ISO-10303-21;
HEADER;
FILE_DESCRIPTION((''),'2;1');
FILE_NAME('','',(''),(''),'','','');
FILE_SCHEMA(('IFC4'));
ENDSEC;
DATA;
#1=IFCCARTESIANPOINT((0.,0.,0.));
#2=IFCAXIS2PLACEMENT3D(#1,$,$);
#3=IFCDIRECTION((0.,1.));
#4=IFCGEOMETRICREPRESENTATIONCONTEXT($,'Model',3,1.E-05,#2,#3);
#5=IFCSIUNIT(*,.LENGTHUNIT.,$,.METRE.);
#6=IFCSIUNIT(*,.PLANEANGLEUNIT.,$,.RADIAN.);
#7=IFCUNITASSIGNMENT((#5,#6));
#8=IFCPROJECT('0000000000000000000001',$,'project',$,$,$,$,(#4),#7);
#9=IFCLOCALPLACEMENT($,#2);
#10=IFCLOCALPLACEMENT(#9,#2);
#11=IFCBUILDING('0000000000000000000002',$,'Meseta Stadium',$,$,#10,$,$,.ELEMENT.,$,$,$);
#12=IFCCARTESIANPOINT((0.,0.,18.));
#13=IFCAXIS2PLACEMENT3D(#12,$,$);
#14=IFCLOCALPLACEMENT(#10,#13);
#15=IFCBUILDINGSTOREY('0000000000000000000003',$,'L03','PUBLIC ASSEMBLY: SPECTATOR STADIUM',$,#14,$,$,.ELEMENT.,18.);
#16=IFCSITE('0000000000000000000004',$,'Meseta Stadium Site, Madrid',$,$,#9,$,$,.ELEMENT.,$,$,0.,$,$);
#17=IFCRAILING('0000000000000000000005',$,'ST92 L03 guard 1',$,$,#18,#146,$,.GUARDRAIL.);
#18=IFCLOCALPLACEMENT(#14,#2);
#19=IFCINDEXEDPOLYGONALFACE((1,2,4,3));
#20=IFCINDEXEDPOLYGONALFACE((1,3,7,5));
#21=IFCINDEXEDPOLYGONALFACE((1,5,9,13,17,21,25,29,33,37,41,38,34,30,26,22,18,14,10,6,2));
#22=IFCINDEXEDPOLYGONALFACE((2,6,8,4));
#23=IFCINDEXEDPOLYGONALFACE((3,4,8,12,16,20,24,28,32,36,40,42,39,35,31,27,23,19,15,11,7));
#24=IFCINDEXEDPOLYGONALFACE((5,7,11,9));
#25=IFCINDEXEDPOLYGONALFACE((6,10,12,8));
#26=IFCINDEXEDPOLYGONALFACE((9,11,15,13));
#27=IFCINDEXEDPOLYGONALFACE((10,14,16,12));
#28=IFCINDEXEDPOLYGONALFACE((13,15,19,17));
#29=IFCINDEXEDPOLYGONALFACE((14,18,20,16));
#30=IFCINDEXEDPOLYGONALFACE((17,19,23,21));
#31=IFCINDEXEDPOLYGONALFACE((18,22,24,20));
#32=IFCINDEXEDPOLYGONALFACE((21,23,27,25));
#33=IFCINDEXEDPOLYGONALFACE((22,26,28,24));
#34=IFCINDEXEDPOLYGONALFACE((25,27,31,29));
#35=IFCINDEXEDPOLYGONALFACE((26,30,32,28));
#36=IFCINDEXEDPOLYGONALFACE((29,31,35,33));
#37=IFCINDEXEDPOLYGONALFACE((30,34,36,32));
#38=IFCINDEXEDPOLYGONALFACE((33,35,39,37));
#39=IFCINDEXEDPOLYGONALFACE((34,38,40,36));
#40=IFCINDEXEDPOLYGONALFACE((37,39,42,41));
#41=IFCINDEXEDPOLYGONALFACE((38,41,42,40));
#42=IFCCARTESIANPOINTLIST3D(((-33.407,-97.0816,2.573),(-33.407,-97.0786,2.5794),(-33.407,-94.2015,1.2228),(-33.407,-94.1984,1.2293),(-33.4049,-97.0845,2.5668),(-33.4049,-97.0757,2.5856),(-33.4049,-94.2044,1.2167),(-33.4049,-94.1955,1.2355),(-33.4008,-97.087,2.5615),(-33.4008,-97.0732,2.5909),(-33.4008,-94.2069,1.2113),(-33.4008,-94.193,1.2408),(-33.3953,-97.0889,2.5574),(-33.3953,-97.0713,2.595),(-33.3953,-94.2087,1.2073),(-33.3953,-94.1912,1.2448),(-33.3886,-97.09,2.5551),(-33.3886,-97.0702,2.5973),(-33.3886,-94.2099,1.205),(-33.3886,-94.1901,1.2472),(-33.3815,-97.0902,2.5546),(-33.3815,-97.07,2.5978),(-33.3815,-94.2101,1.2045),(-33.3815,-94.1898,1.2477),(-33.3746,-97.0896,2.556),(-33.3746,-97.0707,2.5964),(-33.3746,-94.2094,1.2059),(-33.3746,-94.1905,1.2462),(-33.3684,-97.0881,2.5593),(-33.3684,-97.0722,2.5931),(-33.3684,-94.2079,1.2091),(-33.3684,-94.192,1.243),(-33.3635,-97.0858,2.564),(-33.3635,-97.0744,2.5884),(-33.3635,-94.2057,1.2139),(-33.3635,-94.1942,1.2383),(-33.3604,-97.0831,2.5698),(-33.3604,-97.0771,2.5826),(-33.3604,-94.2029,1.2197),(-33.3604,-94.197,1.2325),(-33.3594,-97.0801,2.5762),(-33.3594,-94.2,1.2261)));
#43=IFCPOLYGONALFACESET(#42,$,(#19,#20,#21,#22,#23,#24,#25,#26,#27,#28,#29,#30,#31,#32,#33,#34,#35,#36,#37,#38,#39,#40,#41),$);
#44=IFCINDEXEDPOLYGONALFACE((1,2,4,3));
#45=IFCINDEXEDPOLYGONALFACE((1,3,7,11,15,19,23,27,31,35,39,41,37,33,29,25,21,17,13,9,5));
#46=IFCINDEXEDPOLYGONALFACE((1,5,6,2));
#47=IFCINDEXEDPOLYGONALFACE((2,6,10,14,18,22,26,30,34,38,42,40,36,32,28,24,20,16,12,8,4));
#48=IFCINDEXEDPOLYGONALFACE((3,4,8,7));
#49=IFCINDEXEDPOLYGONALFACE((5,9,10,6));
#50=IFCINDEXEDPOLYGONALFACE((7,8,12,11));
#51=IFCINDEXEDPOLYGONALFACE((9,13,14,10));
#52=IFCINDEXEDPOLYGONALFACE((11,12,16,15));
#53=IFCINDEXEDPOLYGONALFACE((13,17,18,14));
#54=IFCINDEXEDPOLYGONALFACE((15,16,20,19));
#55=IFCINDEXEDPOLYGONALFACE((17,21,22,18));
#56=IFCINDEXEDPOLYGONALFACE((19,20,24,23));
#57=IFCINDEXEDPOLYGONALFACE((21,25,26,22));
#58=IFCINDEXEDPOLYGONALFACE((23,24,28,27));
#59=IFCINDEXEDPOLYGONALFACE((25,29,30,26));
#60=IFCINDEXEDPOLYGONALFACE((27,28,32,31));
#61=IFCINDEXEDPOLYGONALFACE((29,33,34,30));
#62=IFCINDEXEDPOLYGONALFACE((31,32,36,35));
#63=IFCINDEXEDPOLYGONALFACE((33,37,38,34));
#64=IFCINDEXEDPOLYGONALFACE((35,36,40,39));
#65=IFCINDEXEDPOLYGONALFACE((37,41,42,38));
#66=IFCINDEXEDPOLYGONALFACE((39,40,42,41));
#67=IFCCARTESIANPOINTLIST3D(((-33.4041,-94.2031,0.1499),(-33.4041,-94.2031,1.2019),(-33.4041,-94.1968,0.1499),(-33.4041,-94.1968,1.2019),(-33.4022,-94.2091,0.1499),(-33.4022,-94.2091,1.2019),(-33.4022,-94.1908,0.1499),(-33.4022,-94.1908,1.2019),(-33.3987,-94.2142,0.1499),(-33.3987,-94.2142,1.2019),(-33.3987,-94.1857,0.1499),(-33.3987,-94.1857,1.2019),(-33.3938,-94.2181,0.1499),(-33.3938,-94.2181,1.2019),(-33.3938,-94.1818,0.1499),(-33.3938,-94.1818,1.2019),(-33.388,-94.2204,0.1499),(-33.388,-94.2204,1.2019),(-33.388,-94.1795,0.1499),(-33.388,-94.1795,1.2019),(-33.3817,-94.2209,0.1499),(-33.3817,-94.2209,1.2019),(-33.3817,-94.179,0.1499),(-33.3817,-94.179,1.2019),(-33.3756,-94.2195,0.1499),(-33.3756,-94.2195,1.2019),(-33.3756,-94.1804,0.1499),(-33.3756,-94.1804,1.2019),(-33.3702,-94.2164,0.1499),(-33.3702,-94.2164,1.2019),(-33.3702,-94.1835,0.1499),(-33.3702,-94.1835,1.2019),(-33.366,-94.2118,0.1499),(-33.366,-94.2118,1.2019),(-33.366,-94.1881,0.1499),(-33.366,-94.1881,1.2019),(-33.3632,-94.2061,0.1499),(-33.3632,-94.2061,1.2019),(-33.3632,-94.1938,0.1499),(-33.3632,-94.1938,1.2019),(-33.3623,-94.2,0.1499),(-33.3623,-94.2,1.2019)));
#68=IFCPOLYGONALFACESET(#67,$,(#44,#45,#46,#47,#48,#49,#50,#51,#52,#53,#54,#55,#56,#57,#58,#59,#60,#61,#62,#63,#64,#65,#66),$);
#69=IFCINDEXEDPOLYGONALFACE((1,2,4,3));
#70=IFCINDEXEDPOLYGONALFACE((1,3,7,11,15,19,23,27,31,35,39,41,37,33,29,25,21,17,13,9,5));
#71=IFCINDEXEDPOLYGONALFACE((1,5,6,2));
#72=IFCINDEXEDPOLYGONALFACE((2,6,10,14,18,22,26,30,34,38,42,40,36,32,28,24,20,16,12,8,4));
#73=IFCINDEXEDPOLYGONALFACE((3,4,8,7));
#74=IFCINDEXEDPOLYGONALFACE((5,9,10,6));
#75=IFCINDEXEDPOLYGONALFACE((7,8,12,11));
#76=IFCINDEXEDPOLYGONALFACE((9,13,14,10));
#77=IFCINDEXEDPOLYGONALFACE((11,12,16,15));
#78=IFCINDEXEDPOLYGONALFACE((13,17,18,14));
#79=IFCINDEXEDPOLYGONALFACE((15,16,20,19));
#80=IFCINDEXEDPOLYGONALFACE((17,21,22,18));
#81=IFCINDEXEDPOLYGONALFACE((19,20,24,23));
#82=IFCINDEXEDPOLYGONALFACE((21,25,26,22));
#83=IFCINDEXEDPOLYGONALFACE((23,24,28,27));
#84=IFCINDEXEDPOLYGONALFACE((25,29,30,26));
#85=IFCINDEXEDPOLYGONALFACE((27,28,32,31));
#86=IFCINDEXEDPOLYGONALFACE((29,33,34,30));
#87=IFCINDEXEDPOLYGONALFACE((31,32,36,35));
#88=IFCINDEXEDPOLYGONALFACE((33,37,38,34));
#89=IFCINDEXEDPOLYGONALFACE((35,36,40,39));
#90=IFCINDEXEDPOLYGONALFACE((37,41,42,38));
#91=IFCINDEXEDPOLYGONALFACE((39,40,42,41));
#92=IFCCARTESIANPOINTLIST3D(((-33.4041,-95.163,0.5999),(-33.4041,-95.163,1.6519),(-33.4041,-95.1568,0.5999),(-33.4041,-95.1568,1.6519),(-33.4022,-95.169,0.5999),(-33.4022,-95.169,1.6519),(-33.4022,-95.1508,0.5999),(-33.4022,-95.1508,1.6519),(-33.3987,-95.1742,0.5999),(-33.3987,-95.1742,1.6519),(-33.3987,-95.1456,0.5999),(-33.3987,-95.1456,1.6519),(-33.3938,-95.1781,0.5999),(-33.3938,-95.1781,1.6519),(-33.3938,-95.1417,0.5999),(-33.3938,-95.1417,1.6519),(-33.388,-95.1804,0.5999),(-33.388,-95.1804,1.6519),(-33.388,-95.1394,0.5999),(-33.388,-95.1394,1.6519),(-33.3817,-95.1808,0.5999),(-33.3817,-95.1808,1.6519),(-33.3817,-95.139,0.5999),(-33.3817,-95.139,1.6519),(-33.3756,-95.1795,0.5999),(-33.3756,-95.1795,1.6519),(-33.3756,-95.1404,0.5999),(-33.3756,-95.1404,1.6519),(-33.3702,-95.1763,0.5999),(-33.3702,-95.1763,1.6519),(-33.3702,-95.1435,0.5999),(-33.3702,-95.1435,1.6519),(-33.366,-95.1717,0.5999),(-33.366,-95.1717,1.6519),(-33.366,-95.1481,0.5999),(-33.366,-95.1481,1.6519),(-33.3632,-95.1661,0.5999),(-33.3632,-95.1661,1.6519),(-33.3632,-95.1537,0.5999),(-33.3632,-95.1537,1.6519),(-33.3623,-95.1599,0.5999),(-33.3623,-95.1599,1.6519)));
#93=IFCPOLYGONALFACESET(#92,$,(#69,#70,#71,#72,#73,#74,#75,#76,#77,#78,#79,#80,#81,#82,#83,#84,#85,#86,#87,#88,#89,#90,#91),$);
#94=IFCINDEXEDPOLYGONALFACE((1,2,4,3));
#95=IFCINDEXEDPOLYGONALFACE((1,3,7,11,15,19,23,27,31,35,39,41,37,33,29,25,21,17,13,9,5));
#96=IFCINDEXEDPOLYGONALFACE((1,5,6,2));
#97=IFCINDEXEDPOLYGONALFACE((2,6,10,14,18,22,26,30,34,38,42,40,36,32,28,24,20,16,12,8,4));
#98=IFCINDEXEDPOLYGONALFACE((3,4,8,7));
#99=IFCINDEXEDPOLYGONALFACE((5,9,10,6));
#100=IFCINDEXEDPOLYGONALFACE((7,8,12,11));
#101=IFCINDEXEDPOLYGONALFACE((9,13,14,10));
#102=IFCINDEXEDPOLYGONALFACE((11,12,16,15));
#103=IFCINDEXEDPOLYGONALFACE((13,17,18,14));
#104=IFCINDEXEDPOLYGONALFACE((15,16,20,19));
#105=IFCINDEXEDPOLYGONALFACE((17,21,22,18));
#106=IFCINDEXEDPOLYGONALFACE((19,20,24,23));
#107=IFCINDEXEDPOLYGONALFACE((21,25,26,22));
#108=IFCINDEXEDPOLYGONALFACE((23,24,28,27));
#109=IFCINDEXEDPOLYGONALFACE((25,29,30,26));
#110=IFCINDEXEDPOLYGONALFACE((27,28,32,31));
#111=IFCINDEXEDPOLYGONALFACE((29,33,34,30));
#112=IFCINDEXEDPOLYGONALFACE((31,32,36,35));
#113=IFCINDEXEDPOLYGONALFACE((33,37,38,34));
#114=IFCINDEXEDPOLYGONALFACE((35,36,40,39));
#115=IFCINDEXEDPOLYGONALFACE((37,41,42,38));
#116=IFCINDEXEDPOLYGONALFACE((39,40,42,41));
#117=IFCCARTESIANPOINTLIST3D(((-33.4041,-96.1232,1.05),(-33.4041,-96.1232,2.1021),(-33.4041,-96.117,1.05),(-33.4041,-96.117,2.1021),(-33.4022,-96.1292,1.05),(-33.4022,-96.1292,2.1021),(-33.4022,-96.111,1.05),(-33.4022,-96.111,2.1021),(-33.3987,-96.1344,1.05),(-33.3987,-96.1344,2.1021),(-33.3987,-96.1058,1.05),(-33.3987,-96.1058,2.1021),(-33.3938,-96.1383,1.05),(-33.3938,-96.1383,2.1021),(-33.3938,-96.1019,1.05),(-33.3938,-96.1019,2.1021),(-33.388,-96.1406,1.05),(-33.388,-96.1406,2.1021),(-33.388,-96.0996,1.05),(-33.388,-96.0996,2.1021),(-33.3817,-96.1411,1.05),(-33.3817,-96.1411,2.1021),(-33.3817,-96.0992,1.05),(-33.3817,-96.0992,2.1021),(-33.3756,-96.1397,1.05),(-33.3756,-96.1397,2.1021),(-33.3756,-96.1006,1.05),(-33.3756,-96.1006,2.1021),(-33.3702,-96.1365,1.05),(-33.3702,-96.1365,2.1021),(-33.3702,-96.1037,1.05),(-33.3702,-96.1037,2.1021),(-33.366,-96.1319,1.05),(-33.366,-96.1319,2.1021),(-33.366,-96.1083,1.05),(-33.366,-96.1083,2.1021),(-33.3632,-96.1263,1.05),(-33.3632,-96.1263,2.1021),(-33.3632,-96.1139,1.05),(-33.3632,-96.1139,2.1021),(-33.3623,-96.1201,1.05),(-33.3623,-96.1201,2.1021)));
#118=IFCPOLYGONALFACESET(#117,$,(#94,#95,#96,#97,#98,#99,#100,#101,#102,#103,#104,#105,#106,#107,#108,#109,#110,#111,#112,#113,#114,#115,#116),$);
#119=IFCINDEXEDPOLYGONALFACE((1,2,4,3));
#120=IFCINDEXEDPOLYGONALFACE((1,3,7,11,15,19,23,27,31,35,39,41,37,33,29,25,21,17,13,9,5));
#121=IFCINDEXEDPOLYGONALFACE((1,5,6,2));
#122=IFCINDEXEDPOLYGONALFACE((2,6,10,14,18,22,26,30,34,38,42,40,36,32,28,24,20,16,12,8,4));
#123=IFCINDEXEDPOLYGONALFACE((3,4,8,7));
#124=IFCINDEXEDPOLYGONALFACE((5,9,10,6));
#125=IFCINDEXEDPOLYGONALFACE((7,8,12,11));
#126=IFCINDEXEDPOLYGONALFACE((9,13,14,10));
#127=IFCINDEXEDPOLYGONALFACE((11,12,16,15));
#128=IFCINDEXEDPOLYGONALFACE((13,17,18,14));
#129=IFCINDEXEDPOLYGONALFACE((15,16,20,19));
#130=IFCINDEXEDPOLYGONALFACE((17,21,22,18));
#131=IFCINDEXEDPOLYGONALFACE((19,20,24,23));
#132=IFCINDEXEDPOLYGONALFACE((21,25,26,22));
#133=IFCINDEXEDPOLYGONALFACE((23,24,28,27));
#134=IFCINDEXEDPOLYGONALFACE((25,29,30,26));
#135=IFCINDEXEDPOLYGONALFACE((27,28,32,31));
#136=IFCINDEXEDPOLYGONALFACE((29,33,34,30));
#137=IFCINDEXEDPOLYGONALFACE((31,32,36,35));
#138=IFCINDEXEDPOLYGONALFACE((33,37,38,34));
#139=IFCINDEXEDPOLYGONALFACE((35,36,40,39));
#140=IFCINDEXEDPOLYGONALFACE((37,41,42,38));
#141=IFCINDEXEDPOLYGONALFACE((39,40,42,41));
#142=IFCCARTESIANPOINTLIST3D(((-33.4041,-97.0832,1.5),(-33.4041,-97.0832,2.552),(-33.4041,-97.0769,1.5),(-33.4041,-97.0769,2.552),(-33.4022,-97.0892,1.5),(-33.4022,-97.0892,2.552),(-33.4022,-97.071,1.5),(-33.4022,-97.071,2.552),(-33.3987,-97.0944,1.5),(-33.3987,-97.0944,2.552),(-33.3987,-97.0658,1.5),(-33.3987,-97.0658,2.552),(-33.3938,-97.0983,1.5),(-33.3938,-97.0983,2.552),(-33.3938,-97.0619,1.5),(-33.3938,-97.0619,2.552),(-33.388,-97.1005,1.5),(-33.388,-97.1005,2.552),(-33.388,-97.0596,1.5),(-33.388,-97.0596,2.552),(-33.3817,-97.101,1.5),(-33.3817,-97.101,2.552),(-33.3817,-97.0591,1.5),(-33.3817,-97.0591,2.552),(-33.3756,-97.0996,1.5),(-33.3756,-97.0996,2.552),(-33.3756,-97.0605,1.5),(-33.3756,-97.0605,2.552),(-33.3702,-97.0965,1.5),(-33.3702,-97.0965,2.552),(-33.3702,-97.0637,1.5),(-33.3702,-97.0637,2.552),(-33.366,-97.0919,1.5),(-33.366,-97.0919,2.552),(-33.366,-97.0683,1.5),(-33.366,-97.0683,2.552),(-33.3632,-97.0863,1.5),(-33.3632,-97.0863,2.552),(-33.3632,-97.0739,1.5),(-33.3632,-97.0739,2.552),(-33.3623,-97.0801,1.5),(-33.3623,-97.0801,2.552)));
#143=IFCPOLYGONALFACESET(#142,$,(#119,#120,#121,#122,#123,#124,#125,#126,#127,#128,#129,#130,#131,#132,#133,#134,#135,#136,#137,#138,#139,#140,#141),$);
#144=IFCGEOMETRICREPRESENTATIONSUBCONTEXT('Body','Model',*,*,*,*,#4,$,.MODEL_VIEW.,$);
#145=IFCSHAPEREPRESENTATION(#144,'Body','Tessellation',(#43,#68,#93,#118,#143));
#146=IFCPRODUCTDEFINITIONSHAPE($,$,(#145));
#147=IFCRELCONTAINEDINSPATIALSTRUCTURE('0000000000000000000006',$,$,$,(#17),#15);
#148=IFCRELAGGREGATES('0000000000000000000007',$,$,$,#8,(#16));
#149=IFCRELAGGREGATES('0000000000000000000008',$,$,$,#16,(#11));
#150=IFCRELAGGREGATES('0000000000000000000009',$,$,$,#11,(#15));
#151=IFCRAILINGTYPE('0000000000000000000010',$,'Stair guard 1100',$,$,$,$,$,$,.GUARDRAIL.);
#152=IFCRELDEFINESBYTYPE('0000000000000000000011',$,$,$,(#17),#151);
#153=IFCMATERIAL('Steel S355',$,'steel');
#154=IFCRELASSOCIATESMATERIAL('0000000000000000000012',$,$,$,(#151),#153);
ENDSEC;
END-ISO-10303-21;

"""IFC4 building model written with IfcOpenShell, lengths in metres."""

from ifc_helpers import new_model, si_unit, direction, frame, origin, origin_2d, place, context, subcontext, project, spatial, circle, extrude, material, type_object, element, save


model = new_model("IFC4")

# Units and contexts
model_context = context("Model", 3, precision=1e-05, world=origin(), true_north=direction((0.0, 1.0)))
body_context = subcontext(model_context, "Body", "Model", "MODEL_VIEW")
ifc_project = project(units=[si_unit("LENGTHUNIT", "METRE"), si_unit("PLANEANGLEUNIT", "RADIAN")], contexts=[model_context])

# Site, building, storey
site_placement = place(None, origin())
site = spatial("IfcSite", under=ifc_project, at=site_placement, Name="Meseta Stadium Site, Madrid", CompositionType="ELEMENT", RefElevation=0.0)
building_placement = place(site_placement, origin())
building = spatial("IfcBuilding", under=site, at=building_placement, Name="Meseta Stadium", CompositionType="ELEMENT")
storey_placement = place(building_placement, frame((0.0, 0.0, 18.0)))
storey = spatial("IfcBuildingStorey", under=building, at=storey_placement, Name="L03", Description="PUBLIC ASSEMBLY: SPECTATOR STADIUM", CompositionType="ELEMENT", Elevation=18.0)

# Railing
ifc_material_1 = material(Name="Steel S355", Category="steel")
railing_type_1 = type_object("IfcRailingType", Name="Stair guard 1100", PredefinedType="GUARDRAIL", material=ifc_material_1)
railing_1_placement = place(storey_placement, frame((-33.3833, -94.2, 0.1499)))
element("IfcRailing", 1, at=railing_1_placement, inside=storey, type_object=railing_type_1, Name="ST92 L03 guard 1", PredefinedType="GUARDRAIL", context=body_context, shape_type="SweptSolid", body=[
    extrude(circle(Radius=0.0239, at=origin_2d()), frame((0.0, 0.0, 1.0762), z_axis=(0.0, -0.905454, 0.424444), x_axis=(1.0, 0.0, 0.0)), (0.0, 0.0, 1.0), 3.1809),
    extrude(circle(Radius=0.021, at=origin_2d()), origin(), (0.0, 0.0, 1.0), 1.052),
    extrude(circle(Radius=0.021, at=origin_2d()), frame((0.0, -0.96, 0.45)), (0.0, 0.0, 1.0), 1.052),
    extrude(circle(Radius=0.021, at=origin_2d()), frame((0.0, -1.9202, 0.9001)), (0.0, 0.0, 1.0), 1.052),
    extrude(circle(Radius=0.021, at=origin_2d()), frame((0.0, -2.8801, 1.3501)), (0.0, 0.0, 1.0), 1.052),
])

save(model, "model.ifc")
